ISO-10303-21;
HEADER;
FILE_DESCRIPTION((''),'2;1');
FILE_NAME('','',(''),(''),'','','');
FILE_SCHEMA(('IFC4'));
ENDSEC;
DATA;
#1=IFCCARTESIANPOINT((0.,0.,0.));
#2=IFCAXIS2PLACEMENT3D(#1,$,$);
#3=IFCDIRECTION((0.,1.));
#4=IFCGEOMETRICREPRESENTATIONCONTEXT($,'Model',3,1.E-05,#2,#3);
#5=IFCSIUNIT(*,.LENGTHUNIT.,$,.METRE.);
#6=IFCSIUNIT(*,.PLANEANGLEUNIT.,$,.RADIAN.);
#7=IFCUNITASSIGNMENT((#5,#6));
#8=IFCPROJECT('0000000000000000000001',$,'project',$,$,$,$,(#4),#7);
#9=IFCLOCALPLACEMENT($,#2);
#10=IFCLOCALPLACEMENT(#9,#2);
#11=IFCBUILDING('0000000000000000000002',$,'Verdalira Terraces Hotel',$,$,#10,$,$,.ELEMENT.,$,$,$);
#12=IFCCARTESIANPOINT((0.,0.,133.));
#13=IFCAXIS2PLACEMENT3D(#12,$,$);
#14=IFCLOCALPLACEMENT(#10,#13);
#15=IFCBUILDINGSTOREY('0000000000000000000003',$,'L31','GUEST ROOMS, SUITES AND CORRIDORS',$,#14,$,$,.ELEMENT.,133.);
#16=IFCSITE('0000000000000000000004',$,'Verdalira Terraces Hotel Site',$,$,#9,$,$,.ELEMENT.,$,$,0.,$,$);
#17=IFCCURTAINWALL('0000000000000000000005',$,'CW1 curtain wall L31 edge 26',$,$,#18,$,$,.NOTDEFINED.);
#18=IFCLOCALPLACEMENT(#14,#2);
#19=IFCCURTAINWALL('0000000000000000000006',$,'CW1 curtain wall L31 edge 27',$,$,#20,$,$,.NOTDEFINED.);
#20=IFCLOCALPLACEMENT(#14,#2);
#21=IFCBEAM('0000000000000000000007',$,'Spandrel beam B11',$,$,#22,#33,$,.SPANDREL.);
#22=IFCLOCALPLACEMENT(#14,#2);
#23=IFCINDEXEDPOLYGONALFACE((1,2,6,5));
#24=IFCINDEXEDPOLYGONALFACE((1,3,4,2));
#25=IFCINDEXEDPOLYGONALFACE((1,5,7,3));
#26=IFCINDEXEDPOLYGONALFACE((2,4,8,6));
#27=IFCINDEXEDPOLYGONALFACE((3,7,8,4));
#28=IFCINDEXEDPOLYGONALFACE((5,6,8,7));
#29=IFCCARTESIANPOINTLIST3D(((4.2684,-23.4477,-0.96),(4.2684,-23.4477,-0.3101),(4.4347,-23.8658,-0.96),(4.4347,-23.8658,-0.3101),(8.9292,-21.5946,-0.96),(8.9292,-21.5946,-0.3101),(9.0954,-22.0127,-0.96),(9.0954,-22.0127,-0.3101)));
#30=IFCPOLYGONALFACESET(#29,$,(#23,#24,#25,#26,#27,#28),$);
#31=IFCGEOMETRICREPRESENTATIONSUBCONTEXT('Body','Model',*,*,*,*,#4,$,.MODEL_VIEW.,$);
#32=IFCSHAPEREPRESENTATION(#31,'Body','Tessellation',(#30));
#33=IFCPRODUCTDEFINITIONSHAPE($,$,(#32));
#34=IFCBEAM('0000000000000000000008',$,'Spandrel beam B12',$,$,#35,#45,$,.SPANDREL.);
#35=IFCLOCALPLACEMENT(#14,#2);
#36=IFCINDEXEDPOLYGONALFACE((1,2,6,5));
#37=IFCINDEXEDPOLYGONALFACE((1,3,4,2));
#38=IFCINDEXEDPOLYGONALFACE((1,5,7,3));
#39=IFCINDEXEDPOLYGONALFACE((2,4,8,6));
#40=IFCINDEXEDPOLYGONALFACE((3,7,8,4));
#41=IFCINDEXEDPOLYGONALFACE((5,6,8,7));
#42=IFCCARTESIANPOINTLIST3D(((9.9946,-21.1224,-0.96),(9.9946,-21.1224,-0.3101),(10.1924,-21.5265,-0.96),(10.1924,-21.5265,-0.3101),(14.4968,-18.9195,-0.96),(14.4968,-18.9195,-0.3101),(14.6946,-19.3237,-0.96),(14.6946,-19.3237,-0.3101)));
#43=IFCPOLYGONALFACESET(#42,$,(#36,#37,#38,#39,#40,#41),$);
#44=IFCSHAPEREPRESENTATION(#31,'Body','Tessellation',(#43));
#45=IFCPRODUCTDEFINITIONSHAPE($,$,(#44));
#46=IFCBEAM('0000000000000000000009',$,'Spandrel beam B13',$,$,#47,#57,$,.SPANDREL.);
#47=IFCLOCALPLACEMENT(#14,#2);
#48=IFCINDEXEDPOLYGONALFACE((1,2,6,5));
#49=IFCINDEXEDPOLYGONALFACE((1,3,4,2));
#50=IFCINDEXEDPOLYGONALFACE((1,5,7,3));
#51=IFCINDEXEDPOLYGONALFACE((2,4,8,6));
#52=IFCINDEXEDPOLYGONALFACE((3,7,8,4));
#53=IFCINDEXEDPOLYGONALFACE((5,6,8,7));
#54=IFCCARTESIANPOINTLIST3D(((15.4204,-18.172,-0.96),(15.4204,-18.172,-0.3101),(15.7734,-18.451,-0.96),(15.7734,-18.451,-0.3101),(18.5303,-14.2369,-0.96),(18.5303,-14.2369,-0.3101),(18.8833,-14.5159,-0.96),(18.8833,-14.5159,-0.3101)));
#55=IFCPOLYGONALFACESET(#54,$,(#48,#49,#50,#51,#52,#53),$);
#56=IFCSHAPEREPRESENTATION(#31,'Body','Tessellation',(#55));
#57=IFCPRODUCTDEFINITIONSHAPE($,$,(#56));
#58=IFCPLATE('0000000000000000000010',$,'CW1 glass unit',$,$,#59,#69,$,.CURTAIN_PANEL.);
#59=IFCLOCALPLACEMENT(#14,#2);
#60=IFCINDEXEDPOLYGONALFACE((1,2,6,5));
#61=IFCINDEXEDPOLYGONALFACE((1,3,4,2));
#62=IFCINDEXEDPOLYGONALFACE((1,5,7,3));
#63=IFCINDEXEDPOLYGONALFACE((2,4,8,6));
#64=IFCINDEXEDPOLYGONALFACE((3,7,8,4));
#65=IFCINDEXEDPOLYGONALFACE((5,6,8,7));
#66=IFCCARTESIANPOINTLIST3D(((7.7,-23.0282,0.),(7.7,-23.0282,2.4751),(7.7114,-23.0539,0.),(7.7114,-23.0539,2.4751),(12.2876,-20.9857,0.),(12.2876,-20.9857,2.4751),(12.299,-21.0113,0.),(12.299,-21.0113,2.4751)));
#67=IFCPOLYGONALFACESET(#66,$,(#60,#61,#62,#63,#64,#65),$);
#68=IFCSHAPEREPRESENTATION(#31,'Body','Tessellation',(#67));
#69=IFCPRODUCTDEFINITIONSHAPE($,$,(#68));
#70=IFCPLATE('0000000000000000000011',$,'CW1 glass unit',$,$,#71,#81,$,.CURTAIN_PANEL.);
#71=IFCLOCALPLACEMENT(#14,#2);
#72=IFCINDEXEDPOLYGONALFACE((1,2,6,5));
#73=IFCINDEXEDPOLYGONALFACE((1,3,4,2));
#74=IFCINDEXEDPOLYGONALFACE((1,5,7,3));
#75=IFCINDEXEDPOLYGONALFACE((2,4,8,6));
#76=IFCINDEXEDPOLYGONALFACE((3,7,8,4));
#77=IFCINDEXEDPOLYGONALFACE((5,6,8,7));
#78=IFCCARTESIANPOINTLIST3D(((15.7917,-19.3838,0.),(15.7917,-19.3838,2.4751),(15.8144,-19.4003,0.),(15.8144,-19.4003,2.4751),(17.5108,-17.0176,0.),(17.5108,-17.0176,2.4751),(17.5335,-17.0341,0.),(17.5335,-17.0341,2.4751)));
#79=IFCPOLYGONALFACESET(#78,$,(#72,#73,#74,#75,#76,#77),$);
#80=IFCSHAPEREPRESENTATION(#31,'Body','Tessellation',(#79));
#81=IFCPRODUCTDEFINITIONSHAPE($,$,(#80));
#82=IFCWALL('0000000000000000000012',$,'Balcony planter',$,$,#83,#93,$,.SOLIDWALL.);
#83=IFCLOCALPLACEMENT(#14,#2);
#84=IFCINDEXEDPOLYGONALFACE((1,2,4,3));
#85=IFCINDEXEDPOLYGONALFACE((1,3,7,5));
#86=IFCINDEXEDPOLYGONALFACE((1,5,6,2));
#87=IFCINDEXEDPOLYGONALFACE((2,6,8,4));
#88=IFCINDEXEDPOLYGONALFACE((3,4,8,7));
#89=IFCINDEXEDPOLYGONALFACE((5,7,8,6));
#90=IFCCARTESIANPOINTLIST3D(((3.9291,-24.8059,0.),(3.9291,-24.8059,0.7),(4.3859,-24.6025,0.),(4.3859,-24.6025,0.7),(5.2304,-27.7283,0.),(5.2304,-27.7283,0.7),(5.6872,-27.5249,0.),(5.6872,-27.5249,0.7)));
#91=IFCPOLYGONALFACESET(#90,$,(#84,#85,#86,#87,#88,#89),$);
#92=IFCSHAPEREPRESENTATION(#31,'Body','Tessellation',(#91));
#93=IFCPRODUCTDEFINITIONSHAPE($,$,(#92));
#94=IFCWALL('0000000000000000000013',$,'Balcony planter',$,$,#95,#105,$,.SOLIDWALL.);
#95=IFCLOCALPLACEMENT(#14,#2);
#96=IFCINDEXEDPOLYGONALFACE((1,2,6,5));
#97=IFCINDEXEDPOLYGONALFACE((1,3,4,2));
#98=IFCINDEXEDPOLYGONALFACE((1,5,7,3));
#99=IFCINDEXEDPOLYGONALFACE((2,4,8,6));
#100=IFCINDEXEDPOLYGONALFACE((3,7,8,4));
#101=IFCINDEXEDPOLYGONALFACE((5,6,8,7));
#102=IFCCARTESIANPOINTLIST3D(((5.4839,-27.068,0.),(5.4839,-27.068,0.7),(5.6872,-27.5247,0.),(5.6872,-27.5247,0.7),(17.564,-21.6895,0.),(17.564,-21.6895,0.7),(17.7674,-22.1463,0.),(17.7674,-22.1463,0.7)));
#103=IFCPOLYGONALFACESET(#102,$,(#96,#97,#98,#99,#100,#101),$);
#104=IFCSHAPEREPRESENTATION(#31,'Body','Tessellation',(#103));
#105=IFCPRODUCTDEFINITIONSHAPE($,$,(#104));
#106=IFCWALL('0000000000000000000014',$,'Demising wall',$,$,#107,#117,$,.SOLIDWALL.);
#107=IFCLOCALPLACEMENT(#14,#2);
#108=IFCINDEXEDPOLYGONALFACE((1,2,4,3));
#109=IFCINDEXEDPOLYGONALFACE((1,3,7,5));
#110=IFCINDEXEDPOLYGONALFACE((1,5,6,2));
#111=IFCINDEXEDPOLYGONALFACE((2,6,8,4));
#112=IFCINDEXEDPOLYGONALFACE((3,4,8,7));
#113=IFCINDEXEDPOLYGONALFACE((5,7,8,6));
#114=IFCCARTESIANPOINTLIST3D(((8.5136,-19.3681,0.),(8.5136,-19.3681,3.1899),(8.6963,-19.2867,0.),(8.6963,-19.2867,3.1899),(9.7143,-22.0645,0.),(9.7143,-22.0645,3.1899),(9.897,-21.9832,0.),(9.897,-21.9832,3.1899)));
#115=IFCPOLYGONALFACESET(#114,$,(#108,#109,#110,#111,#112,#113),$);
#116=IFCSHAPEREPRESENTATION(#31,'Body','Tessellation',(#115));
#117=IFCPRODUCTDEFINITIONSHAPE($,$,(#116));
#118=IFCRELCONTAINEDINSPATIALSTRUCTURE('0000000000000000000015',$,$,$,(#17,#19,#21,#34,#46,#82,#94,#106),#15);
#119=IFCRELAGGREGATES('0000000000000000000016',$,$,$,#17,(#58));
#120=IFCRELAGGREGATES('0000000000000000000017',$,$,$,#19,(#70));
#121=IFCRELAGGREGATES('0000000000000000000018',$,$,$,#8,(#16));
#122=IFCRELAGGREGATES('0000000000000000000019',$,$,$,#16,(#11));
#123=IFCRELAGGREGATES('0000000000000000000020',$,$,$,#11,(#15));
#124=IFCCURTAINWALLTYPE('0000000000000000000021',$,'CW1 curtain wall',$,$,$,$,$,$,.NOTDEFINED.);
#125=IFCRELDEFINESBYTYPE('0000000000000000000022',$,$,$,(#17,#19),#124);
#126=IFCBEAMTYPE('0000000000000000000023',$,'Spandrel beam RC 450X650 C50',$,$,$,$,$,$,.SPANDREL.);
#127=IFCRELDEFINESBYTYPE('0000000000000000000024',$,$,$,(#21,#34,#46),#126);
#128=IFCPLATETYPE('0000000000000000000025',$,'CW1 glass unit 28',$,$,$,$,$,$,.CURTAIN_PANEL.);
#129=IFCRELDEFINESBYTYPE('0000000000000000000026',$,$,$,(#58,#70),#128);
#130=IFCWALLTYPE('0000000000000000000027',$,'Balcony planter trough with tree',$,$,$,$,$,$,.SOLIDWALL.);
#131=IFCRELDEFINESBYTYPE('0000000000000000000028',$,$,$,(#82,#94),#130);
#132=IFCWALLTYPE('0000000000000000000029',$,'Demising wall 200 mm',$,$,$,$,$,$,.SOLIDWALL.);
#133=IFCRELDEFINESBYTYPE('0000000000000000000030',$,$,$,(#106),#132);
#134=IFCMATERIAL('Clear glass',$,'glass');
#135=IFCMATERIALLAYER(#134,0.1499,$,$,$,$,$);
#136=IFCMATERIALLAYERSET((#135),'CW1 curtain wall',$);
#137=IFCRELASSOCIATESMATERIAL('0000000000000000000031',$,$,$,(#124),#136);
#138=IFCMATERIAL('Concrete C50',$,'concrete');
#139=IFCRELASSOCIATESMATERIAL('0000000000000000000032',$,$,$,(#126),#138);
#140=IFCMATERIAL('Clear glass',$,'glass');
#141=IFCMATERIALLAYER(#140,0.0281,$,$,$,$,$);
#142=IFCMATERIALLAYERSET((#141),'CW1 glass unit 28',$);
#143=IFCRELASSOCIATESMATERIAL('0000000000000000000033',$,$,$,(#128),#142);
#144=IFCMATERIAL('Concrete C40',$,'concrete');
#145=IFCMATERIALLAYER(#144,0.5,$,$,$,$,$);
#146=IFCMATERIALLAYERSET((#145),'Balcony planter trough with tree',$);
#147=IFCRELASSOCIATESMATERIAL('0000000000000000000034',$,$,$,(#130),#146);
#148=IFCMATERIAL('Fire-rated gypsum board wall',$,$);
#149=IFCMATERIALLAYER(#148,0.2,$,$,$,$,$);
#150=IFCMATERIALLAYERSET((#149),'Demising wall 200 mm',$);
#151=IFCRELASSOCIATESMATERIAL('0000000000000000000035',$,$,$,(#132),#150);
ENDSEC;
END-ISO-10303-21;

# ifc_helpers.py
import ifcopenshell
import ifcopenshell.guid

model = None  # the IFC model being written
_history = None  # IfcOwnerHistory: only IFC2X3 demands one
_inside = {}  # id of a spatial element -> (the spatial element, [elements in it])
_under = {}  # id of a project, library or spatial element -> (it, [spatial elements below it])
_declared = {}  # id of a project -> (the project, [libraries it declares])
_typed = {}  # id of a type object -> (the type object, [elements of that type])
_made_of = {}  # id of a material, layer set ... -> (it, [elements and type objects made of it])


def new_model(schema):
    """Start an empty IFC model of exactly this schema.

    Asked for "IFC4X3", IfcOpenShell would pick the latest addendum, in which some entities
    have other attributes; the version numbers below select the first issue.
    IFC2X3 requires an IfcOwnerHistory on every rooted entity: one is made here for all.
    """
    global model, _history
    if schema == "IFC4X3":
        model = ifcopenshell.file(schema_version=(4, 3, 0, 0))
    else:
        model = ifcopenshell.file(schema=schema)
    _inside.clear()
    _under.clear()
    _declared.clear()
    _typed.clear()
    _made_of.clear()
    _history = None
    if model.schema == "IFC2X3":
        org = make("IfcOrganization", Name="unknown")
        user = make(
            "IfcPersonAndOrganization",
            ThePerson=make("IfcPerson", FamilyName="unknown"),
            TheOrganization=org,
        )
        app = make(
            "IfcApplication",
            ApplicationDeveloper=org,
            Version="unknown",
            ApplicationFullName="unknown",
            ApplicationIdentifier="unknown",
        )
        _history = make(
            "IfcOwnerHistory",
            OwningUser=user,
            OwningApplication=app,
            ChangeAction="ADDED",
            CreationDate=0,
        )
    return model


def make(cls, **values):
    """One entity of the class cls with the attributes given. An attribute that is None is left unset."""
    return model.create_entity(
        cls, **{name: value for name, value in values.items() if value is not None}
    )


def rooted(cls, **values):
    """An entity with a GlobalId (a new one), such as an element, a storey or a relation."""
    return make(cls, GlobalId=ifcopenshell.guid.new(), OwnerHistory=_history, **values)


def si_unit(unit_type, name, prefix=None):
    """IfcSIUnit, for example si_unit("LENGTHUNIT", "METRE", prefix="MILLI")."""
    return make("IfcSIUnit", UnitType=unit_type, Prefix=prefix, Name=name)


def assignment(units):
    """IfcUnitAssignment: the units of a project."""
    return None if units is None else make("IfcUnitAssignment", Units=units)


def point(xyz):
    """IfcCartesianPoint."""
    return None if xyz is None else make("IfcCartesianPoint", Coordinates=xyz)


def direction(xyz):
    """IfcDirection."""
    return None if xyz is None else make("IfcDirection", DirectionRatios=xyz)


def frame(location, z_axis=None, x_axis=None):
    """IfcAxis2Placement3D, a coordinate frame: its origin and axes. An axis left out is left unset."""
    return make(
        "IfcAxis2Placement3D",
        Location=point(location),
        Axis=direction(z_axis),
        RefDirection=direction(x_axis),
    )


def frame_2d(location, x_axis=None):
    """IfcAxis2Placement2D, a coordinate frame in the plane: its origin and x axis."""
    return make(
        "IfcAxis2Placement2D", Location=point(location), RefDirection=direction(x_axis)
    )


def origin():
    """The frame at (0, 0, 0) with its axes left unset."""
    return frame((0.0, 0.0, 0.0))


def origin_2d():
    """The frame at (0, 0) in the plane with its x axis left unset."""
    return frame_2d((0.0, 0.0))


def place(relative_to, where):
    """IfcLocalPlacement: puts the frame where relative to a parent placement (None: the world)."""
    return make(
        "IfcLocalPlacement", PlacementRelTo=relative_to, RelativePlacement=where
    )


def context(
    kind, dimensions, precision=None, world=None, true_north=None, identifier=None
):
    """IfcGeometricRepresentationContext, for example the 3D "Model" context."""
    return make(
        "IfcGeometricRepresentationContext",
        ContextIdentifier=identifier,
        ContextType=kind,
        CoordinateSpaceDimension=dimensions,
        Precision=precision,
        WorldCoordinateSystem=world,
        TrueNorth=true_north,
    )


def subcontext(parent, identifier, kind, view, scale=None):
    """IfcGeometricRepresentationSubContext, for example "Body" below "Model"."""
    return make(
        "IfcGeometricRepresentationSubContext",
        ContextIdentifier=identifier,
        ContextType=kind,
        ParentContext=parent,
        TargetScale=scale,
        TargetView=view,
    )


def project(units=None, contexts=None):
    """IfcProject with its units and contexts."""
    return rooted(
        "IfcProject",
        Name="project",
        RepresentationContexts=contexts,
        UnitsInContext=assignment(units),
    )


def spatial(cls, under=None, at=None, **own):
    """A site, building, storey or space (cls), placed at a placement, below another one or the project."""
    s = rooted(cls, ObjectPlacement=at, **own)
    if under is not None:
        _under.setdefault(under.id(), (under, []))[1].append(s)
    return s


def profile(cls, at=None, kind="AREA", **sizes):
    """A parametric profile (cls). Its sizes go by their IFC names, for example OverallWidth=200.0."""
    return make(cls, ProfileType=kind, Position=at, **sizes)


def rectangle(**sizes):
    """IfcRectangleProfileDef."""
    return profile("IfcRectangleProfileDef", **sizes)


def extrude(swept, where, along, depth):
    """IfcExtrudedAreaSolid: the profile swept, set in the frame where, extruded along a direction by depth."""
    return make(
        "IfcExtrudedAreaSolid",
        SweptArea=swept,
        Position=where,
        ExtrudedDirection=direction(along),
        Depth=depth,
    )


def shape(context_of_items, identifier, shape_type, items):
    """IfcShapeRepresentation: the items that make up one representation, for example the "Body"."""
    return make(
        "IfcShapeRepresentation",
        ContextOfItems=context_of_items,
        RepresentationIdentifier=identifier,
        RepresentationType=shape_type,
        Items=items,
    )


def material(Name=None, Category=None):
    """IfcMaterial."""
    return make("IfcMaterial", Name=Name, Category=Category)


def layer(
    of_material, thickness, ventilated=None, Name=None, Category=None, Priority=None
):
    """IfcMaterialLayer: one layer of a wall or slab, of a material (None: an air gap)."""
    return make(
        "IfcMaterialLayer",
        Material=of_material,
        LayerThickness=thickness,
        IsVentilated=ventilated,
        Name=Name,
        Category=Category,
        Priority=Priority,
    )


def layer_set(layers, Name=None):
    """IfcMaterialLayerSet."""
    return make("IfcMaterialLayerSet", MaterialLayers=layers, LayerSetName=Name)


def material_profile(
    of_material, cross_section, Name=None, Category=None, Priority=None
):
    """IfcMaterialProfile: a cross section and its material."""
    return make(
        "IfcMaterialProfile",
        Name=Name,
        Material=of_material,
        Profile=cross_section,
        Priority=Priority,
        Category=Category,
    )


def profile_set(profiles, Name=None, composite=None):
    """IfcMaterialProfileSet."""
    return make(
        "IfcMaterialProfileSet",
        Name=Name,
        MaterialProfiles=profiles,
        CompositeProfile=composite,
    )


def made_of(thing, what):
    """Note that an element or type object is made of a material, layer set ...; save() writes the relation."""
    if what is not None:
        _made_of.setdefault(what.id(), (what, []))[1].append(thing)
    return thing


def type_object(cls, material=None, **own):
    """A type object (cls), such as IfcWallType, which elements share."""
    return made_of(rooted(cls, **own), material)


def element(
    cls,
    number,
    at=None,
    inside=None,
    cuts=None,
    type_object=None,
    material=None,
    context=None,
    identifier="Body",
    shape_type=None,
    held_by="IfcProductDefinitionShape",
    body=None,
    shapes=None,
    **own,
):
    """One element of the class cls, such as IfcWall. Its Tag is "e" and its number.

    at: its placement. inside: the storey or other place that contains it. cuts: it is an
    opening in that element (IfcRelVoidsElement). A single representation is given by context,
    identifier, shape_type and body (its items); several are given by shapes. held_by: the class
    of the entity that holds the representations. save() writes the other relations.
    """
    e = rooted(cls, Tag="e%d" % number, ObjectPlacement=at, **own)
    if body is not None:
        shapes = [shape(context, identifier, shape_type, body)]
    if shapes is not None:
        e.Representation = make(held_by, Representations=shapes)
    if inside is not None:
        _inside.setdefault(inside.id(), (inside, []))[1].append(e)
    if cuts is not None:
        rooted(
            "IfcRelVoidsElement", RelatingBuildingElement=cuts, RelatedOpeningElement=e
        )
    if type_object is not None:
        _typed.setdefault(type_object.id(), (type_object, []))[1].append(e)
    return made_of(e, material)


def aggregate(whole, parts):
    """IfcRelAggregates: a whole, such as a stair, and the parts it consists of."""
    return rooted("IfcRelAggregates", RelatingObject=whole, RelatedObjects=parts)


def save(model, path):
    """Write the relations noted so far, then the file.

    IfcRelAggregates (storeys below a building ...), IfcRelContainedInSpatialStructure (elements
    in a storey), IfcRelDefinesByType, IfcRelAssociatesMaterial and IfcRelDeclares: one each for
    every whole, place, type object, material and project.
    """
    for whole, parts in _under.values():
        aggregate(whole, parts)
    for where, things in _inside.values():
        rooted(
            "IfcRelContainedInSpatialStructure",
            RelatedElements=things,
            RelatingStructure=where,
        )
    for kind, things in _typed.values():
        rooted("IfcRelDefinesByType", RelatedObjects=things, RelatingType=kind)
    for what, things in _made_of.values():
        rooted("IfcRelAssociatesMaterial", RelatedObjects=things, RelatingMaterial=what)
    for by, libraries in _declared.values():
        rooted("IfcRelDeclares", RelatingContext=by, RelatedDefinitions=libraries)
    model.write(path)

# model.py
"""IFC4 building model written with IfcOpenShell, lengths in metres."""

from ifc_helpers import new_model, si_unit, direction, frame, frame_2d, origin, origin_2d, place, context, subcontext, project, spatial, rectangle, extrude, material, layer, layer_set, material_profile, profile_set, type_object, element, aggregate, save


model = new_model("IFC4")

# Units and contexts
model_context = context("Model", 3, precision=1e-05, world=origin(), true_north=direction((0.0, 1.0)))
body_context = subcontext(model_context, "Body", "Model", "MODEL_VIEW")
ifc_project = project(units=[si_unit("LENGTHUNIT", "METRE"), si_unit("PLANEANGLEUNIT", "RADIAN")], contexts=[model_context])

# Site, building, storey
site_placement = place(None, origin())
site = spatial("IfcSite", under=ifc_project, at=site_placement, Name="Verdalira Terraces Hotel Site", CompositionType="ELEMENT", RefElevation=0.0)
building_placement = place(site_placement, origin())
building = spatial("IfcBuilding", under=site, at=building_placement, Name="Verdalira Terraces Hotel", CompositionType="ELEMENT")
storey_placement = place(building_placement, frame((0.0, 0.0, 133.0)))
storey = spatial("IfcBuildingStorey", under=building, at=storey_placement, Name="L31", Description="GUEST ROOMS, SUITES AND CORRIDORS", CompositionType="ELEMENT", Elevation=133.0)

# Shared definitions
ifc_material_1 = material(Name="Clear glass", Category="glass")
ifc_layer_1 = layer(ifc_material_1, 0.1499)
ifc_layer_set_1 = layer_set([ifc_layer_1], Name="CW1 curtain wall")
curtain_wall_type = type_object("IfcCurtainWallType", Name="CW1 curtain wall", PredefinedType="NOTDEFINED", material=ifc_layer_set_1)

# Curtain wall
curtain_wall_1_placement = place(storey_placement, origin())
curtain_wall_1 = element("IfcCurtainWall", 1, at=curtain_wall_1_placement, inside=storey, type_object=curtain_wall_type, Name="CW1 curtain wall L31 edge 26", PredefinedType="NOTDEFINED")

# Curtain wall
curtain_wall_2_placement = place(storey_placement, origin())
curtain_wall_2 = element("IfcCurtainWall", 2, at=curtain_wall_2_placement, inside=storey, type_object=curtain_wall_type, Name="CW1 curtain wall L31 edge 27", PredefinedType="NOTDEFINED")

# Beams
ifc_material_2 = material(Name="Concrete C50", Category="concrete")
ifc_material_profile_1 = material_profile(ifc_material_2, rectangle(XDim=0.45, YDim=0.6499, at=origin_2d()), Name="RC 450X650")
ifc_profile_set_1 = profile_set([ifc_material_profile_1], Name="Concrete C50")
beam_type_1 = type_object("IfcBeamType", Name="Spandrel beam RC 450X650 C50", PredefinedType="SPANDREL", material=ifc_profile_set_1)
beam_1_placement = place(storey_placement, frame((4.3516, -23.6567, -0.635), z_axis=(0.929247, 0.36946, 0.0), x_axis=(-0.36946, 0.929247, 0.0)))
element("IfcBeam", 3, at=beam_1_placement, inside=storey, type_object=beam_type_1, Name="Spandrel beam B11", PredefinedType="SPANDREL", context=body_context, shape_type="SweptSolid", body=[
    extrude(rectangle(XDim=0.45, YDim=0.6499, at=origin_2d()), origin(), (0.0, 0.0, 1.0), 5.0156),
])
beam_2_placement = place(storey_placement, frame((10.0935, -21.3245, -0.635), z_axis=(0.898242, 0.439501, 0.0), x_axis=(-0.439501, 0.898242, 0.0)))
element("IfcBeam", 4, at=beam_2_placement, inside=storey, type_object=beam_type_1, Name="Spandrel beam B12", PredefinedType="SPANDREL", context=body_context, shape_type="SweptSolid", body=[
    extrude(rectangle(XDim=0.45, YDim=0.6499, at=origin_2d()), origin(), (0.0, 0.0, 1.0), 5.0122),
])
beam_3_placement = place(storey_placement, frame((15.5969, -18.3115, -0.635), z_axis=(0.620042, 0.784569, 0.0), x_axis=(-0.784569, 0.620042, 0.0)))
element("IfcBeam", 5, at=beam_3_placement, inside=storey, type_object=beam_type_1, Name="Spandrel beam B13", PredefinedType="SPANDREL", context=body_context, shape_type="SweptSolid", body=[
    extrude(rectangle(XDim=0.45, YDim=0.6499, at=origin_2d()), origin(), (0.0, 0.0, 1.0), 5.0156),
])

# Plates
ifc_material_3 = material(Name="Clear glass", Category="glass")
ifc_layer_2 = layer(ifc_material_3, 0.0281)
ifc_layer_set_2 = layer_set([ifc_layer_2], Name="CW1 glass unit 28")
plate_type = type_object("IfcPlateType", Name="CW1 glass unit 28", PredefinedType="CURTAIN_PANEL", material=ifc_layer_set_2)
plate_1_placement = place(storey_placement, frame((9.9995, -22.0198, 0.0), z_axis=(0.0, 0.0, 1.0), x_axis=(0.913545, 0.406737, 0.0)))
plate_1 = element("IfcPlate", 6, at=plate_1_placement, type_object=plate_type, Name="CW1 glass unit", PredefinedType="CURTAIN_PANEL", context=body_context, shape_type="SweptSolid", body=[
    extrude(rectangle(XDim=5.0217, YDim=0.0281, at=origin_2d()), origin(), (0.0, 0.0, 1.0), 2.4751),
])
aggregate(curtain_wall_1, [plate_1])
plate_2_placement = place(storey_placement, frame((16.6626, -18.209, 0.0), z_axis=(0.0, 0.0, 1.0), x_axis=(0.587785, 0.809017, 0.0)))
plate_2 = element("IfcPlate", 7, at=plate_2_placement, type_object=plate_type, Name="CW1 glass unit", PredefinedType="CURTAIN_PANEL", context=body_context, shape_type="SweptSolid", body=[
    extrude(rectangle(XDim=2.9248, YDim=0.0281, at=origin_2d()), origin(), (0.0, 0.0, 1.0), 2.4751),
])
aggregate(curtain_wall_2, [plate_2])

# Walls
ifc_material_4 = material(Name="Concrete C40", Category="concrete")
ifc_layer_3 = layer(ifc_material_4, 0.5)
ifc_layer_set_3 = layer_set([ifc_layer_3], Name="Balcony planter trough with tree")
wall_type_1 = type_object("IfcWallType", Name="Balcony planter trough with tree", PredefinedType="SOLIDWALL", material=ifc_layer_set_3)
wall_1_placement = place(storey_placement, frame((4.1575, -24.7041, 0.0), z_axis=(0.0, 0.0, 1.0), x_axis=(0.406776, -0.913528, 0.0)))
element("IfcWall", 8, at=wall_1_placement, inside=storey, type_object=wall_type_1, Name="Balcony planter", PredefinedType="SOLIDWALL", context=body_context, shape_type="SweptSolid", body=[
    extrude(rectangle(XDim=3.199, YDim=0.5, at=frame_2d((1.5996, 0.0))), origin(), (0.0, 0.0, 1.0), 0.7),
])
wall_2_placement = place(storey_placement, frame((5.5854, -27.2964, 0.0), z_axis=(0.0, 0.0, 1.0), x_axis=(0.913545, 0.406738, 0.0)))
element("IfcWall", 9, at=wall_2_placement, inside=storey, type_object=wall_type_1, Name="Balcony planter", PredefinedType="SOLIDWALL", context=body_context, shape_type="SweptSolid", body=[
    extrude(rectangle(XDim=13.2234, YDim=0.5, at=frame_2d((6.6118, 0.0))), origin(), (0.0, 0.0, 1.0), 0.7),
])
ifc_material_5 = material(Name="Fire-rated gypsum board wall")
ifc_layer_4 = layer(ifc_material_5, 0.2)
ifc_layer_set_4 = layer_set([ifc_layer_4], Name="Demising wall 200 mm")
wall_type_2 = type_object("IfcWallType", Name="Demising wall 200 mm", PredefinedType="SOLIDWALL", material=ifc_layer_set_4)
wall_3_placement = place(storey_placement, frame((8.605, -19.3274, 0.0), z_axis=(0.0, 0.0, 1.0), x_axis=(0.406768, -0.913532, 0.0)))
element("IfcWall", 10, at=wall_3_placement, inside=storey, type_object=wall_type_2, Name="Demising wall", PredefinedType="SOLIDWALL", context=body_context, shape_type="SweptSolid", body=[
    extrude(rectangle(XDim=2.9517, YDim=0.2, at=frame_2d((1.4758, 0.0))), origin(), (0.0, 0.0, 1.0), 3.1899),
])

save(model, "model.ifc")
